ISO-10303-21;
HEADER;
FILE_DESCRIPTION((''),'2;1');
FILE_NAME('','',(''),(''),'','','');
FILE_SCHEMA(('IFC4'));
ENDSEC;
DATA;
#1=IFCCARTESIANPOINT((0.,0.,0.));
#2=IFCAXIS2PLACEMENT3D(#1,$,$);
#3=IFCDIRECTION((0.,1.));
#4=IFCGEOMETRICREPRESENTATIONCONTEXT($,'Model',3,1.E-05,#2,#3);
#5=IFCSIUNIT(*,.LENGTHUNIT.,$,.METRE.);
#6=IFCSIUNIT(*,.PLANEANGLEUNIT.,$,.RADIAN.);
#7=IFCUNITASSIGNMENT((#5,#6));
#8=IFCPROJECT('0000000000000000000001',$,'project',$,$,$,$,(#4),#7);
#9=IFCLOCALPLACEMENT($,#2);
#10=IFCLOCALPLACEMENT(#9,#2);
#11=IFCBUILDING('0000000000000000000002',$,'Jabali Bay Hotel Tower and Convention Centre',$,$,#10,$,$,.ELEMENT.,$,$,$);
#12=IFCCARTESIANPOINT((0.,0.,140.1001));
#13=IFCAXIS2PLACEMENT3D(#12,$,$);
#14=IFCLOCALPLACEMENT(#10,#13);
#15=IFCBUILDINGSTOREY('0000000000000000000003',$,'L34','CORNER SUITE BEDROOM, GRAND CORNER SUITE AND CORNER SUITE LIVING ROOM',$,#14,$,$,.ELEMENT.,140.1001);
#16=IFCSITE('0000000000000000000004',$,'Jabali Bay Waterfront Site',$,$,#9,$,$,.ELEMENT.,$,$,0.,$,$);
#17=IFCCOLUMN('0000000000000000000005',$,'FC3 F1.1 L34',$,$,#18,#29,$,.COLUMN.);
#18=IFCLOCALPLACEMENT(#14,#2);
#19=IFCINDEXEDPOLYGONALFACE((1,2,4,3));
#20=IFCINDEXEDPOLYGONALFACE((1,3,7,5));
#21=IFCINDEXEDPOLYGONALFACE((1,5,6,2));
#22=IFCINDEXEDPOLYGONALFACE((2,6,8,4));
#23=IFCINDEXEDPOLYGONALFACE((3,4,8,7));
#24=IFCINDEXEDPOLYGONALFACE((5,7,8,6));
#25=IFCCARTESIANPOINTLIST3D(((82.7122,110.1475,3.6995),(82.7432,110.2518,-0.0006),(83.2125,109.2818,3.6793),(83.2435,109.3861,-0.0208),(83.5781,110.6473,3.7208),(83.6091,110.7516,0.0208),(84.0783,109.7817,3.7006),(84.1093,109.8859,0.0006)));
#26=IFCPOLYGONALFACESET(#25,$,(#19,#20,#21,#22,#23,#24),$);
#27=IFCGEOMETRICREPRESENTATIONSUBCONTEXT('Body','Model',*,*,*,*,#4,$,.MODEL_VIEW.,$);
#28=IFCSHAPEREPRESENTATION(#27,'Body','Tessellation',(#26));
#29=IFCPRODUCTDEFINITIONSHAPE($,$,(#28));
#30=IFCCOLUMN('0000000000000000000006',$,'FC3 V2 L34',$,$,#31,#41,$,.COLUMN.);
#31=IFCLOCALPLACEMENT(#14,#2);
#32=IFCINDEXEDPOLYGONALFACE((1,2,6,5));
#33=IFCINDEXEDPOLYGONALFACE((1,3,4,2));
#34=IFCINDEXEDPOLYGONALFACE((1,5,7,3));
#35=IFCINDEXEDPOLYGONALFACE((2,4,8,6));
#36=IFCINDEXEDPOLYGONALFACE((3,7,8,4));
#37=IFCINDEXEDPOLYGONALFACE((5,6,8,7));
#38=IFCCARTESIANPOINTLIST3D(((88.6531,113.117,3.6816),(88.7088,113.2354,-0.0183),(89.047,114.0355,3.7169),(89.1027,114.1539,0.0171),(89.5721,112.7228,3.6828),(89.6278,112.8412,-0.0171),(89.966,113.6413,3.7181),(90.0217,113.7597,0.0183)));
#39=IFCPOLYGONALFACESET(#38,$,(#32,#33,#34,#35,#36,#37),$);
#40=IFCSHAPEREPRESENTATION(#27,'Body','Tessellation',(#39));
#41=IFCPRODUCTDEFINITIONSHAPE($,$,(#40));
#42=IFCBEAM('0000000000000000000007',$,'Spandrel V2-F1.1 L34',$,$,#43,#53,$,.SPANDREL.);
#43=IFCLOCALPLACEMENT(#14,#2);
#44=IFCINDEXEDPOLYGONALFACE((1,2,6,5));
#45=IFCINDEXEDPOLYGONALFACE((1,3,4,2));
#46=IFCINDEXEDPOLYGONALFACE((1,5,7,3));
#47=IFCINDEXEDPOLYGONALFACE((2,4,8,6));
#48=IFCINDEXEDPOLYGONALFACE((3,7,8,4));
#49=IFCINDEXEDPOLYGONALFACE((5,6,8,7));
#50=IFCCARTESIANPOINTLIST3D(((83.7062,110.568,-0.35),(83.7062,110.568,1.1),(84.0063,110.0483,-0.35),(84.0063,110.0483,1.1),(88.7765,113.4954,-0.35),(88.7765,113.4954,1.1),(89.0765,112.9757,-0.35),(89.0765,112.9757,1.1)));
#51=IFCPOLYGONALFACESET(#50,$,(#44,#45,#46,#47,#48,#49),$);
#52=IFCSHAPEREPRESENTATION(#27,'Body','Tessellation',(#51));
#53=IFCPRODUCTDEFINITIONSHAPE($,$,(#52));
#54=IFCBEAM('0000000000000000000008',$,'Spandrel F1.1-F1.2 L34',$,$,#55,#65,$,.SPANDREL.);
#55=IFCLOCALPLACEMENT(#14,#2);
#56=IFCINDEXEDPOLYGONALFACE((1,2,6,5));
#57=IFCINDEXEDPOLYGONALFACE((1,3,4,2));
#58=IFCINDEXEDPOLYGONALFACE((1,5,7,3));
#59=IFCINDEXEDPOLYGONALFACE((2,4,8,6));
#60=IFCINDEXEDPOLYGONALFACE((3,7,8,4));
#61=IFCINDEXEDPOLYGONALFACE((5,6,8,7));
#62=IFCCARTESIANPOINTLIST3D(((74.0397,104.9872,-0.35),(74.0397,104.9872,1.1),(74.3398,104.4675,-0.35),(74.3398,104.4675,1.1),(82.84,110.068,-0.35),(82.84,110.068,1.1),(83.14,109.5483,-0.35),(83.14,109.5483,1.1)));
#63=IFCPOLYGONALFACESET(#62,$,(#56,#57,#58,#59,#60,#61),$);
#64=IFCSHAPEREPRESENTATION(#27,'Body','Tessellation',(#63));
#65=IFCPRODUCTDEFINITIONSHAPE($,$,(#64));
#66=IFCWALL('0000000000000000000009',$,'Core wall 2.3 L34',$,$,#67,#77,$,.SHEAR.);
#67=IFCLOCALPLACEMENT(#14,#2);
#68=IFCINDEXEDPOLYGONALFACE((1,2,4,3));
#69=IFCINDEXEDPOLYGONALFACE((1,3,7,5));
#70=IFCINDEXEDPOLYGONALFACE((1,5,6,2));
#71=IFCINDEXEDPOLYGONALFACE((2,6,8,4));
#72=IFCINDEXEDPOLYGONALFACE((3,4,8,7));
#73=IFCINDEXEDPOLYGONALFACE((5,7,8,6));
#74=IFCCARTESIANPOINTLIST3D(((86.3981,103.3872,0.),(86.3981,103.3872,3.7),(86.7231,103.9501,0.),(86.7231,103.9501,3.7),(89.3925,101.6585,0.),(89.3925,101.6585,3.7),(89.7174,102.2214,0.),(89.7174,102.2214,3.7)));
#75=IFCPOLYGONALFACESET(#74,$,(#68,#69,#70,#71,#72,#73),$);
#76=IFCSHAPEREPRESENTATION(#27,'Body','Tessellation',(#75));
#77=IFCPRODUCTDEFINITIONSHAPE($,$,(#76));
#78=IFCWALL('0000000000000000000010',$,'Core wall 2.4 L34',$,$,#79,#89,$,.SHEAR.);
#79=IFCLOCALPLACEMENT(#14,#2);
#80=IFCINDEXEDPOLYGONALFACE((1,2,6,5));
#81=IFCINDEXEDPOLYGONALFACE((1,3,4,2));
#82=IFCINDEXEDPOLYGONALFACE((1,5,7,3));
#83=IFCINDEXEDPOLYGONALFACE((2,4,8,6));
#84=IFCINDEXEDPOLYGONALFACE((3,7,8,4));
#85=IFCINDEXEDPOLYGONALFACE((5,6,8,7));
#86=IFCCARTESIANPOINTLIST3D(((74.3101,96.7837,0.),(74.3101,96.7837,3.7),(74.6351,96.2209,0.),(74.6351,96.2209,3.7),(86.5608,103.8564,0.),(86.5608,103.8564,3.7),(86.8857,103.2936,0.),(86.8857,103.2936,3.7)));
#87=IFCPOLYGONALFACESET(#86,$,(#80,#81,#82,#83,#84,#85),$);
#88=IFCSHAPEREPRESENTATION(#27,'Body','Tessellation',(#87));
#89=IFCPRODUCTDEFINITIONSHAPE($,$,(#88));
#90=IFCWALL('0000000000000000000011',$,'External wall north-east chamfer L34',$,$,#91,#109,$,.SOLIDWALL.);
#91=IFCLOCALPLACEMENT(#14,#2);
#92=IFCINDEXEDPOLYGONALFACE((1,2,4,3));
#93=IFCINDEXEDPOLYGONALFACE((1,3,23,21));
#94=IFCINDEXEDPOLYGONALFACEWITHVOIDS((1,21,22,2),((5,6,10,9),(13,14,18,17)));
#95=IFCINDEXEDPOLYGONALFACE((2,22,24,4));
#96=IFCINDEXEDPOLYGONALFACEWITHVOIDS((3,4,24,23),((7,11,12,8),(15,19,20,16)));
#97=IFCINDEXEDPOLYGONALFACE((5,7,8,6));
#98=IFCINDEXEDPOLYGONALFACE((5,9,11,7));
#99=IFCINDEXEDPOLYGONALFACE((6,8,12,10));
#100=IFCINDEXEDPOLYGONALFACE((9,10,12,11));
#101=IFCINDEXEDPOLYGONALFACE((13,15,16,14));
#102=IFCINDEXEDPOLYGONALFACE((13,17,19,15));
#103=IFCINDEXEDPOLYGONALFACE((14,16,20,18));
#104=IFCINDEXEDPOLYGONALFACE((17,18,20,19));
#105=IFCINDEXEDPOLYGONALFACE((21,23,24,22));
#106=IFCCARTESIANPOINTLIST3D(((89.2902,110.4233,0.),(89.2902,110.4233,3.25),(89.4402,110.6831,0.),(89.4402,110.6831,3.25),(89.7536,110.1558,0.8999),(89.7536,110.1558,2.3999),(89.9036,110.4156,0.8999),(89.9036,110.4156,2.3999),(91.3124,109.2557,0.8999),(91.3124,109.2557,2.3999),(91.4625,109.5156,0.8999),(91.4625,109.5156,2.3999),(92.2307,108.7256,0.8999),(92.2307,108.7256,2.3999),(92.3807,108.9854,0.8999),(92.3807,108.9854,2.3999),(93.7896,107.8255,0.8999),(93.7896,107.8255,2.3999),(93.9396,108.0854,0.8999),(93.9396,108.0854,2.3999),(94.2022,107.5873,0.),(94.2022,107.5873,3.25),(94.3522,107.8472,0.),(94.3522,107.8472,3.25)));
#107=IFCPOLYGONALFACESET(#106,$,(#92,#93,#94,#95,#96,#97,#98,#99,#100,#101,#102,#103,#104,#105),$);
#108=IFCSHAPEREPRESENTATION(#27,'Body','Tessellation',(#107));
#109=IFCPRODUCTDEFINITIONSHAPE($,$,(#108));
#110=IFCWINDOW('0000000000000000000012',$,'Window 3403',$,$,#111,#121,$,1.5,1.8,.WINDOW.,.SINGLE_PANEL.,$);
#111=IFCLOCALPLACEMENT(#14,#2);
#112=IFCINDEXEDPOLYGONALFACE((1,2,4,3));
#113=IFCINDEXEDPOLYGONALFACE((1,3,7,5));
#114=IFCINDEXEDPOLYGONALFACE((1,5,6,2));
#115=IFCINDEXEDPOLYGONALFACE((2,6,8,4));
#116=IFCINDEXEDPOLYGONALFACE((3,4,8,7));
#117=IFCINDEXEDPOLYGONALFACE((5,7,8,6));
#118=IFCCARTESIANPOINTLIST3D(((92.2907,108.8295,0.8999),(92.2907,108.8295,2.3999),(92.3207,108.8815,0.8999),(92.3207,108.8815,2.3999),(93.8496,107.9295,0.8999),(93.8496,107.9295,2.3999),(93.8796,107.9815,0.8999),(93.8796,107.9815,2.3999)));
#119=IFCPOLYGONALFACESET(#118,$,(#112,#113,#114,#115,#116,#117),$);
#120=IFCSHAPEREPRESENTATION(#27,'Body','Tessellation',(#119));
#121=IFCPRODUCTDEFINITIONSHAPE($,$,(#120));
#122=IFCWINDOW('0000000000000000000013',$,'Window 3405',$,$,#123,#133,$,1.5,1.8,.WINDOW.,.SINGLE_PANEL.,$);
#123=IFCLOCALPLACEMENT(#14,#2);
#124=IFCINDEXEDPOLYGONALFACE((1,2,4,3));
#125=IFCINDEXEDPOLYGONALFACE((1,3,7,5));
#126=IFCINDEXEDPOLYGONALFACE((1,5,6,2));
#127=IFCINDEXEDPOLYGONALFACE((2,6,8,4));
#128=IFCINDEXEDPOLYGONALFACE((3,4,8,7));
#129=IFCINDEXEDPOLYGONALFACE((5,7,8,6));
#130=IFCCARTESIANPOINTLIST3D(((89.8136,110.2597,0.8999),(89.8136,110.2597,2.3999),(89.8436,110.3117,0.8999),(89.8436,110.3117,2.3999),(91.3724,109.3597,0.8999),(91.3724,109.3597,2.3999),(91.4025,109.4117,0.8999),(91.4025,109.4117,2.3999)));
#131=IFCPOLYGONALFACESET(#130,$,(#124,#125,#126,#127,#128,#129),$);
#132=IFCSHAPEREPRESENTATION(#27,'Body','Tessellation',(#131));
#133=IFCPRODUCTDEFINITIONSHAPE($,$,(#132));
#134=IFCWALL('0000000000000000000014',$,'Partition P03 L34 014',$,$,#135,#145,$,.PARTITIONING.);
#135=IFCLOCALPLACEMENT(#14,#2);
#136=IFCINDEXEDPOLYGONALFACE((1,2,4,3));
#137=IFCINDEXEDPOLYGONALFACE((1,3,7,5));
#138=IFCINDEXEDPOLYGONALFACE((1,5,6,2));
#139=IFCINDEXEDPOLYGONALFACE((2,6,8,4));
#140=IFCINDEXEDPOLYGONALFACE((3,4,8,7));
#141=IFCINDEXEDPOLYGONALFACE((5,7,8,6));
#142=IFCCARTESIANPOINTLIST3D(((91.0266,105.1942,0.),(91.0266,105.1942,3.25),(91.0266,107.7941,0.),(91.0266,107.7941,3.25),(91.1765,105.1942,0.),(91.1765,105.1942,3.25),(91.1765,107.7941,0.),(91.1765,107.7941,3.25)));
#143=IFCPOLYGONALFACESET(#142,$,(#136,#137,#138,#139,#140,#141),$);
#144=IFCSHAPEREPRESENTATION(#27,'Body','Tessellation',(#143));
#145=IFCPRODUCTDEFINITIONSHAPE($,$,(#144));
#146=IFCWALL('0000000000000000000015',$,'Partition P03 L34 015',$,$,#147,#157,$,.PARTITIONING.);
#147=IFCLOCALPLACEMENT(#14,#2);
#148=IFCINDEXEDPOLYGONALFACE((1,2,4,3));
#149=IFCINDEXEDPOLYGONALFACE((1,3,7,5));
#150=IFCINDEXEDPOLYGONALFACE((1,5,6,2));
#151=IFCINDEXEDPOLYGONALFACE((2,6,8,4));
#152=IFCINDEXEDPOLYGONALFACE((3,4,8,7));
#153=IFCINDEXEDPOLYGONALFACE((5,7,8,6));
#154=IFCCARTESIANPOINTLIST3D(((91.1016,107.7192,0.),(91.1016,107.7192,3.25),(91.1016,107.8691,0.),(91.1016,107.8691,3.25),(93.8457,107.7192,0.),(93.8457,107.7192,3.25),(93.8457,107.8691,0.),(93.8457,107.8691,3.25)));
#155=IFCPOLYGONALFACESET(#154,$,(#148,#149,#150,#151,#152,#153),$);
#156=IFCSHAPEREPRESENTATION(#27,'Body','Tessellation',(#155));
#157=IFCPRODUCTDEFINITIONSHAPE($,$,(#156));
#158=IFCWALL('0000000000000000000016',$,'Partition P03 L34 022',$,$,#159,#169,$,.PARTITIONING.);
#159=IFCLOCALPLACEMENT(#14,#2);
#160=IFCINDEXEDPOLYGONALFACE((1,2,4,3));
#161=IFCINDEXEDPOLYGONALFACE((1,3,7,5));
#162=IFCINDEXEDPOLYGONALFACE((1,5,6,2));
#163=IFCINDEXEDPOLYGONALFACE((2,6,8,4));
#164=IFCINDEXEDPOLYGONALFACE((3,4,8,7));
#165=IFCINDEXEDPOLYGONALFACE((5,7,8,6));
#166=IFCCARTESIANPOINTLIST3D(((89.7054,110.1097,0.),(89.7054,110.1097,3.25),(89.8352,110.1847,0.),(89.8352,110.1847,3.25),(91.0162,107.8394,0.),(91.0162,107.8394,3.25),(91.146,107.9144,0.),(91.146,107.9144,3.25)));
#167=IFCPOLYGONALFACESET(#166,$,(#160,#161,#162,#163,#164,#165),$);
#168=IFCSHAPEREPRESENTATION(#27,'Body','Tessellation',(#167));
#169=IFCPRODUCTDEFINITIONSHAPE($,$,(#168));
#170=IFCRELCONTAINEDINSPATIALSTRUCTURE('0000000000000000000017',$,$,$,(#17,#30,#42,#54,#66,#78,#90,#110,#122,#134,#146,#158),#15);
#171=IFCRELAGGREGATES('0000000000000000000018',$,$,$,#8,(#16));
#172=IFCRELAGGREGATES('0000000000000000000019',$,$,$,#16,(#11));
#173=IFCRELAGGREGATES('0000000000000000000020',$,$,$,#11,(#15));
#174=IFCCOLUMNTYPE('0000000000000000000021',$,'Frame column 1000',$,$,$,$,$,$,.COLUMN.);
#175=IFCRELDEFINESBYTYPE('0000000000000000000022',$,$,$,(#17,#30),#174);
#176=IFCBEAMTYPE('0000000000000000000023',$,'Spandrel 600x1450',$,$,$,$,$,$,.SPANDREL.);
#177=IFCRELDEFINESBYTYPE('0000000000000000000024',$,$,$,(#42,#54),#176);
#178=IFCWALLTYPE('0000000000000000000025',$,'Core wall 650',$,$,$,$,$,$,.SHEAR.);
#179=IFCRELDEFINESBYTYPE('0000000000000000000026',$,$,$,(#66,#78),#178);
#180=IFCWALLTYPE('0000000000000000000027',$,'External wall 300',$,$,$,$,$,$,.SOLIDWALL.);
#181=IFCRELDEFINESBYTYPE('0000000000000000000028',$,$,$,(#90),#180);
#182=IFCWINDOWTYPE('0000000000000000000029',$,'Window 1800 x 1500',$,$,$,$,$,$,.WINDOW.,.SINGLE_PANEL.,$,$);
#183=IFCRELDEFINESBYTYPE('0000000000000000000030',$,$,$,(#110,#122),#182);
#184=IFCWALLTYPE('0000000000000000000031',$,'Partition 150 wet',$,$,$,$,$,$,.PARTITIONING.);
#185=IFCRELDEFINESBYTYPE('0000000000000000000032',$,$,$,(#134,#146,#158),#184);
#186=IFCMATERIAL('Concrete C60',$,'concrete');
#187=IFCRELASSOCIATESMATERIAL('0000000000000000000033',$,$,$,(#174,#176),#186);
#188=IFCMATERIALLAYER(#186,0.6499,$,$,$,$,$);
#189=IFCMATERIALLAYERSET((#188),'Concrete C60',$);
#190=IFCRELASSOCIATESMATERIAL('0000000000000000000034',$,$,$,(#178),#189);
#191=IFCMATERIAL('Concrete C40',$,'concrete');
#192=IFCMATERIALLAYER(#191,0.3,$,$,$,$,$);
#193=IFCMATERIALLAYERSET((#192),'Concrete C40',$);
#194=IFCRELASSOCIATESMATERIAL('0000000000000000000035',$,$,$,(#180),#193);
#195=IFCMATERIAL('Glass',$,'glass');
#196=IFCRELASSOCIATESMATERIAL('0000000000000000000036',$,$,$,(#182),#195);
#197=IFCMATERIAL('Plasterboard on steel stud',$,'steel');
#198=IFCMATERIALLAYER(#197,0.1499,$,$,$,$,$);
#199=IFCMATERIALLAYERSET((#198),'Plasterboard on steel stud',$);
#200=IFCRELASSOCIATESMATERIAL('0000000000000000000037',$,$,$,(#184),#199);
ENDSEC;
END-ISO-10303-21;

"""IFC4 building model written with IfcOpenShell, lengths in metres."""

from ifc_helpers import new_model, si_unit, direction, frame, frame_2d, origin, origin_2d, place, context, subcontext, project, spatial, rectangle, extrude, material, layer, layer_set, material_profile, profile_set, type_object, element, fill, save


model = new_model("IFC4")

# Units and contexts
model_context = context("Model", 3, precision=1e-05, world=origin(), true_north=direction((0.0, 1.0)))
body_context = subcontext(model_context, "Body", "Model", "MODEL_VIEW")
ifc_project = project(units=[si_unit("LENGTHUNIT", "METRE"), si_unit("PLANEANGLEUNIT", "RADIAN")], contexts=[model_context])

# Site, building, storey
site_placement = place(None, origin())
site = spatial("IfcSite", under=ifc_project, at=site_placement, Name="Jabali Bay Waterfront Site", CompositionType="ELEMENT", RefElevation=0.0)
building_placement = place(site_placement, origin())
building = spatial("IfcBuilding", under=site, at=building_placement, Name="Jabali Bay Hotel Tower and Convention Centre", CompositionType="ELEMENT")
storey_placement = place(building_placement, frame((0.0, 0.0, 140.1001)))
storey = spatial("IfcBuildingStorey", under=building, at=storey_placement, Name="L34", Description="CORNER SUITE BEDROOM, GRAND CORNER SUITE AND CORNER SUITE LIVING ROOM", CompositionType="ELEMENT", Elevation=140.1001)

# Columns
ifc_material_1 = material(Name="Concrete C60", Category="concrete")
ifc_material_profile_1 = material_profile(ifc_material_1, rectangle(XDim=1.0, YDim=1.0, at=origin_2d()), Name="Frame column 1000")
ifc_profile_set_1 = profile_set([ifc_material_profile_1], Name="Concrete C60")
column_type = type_object("IfcColumnType", Name="Frame column 1000", PredefinedType="COLUMN", material=ifc_profile_set_1)
column_1_placement = place(storey_placement, frame((83.4263, 110.0688, 0.0), z_axis=(-0.008376, -0.028163, 0.999568), x_axis=(0.865851, 0.499847, 0.021339)))
element("IfcColumn", 1, at=column_1_placement, inside=storey, type_object=column_type, Name="FC3 F1.1 L34", PredefinedType="COLUMN", context=body_context, shape_type="SweptSolid", body=[
    extrude(rectangle(XDim=1.0, YDim=1.0, at=origin_2d()), origin(), (0.0, 0.0, 1.0), 3.7017),
])
column_2_placement = place(storey_placement, frame((89.3652, 113.4976, 0.0), z_axis=(-0.015035, -0.031983, 0.999375), x_axis=(0.919016, -0.394218, 0.00121)))
element("IfcColumn", 2, at=column_2_placement, inside=storey, type_object=column_type, Name="FC3 V2 L34", PredefinedType="COLUMN", context=body_context, shape_type="SweptSolid", body=[
    extrude(rectangle(XDim=1.0, YDim=1.0, at=origin_2d()), origin(), (0.0, 0.0, 1.0), 3.7021),
])

# Beams
ifc_material_profile_2 = material_profile(ifc_material_1, rectangle(XDim=0.6001, YDim=1.45, at=origin_2d()), Name="Spandrel 600x1450")
ifc_profile_set_2 = profile_set([ifc_material_profile_2], Name="Concrete C60")
beam_type = type_object("IfcBeamType", Name="Spandrel 600x1450", PredefinedType="SPANDREL", material=ifc_profile_set_2)
beam_1_placement = place(storey_placement, frame((88.9265, 113.2356, 0.375), z_axis=(-0.866015, -0.500018, 0.0), x_axis=(0.500018, -0.866015, 0.0)))
element("IfcBeam", 3, at=beam_1_placement, inside=storey, type_object=beam_type, Name="Spandrel V2-F1.1 L34", PredefinedType="SPANDREL", context=body_context, shape_type="SweptSolid", body=[
    extrude(rectangle(XDim=0.6001, YDim=1.45, at=origin_2d()), origin(), (0.0, 0.0, 1.0), 5.8547),
])
beam_2_placement = place(storey_placement, frame((82.99, 109.8081, 0.375), z_axis=(-0.866027, -0.499997, 0.0), x_axis=(0.499997, -0.866027, 0.0)))
element("IfcBeam", 4, at=beam_2_placement, inside=storey, type_object=beam_type, Name="Spandrel F1.1-F1.2 L34", PredefinedType="SPANDREL", context=body_context, shape_type="SweptSolid", body=[
    extrude(rectangle(XDim=0.6001, YDim=1.45, at=origin_2d()), origin(), (0.0, 0.0, 1.0), 10.1616),
])

# Walls
ifc_layer_1 = layer(ifc_material_1, 0.6499)
ifc_layer_set_1 = layer_set([ifc_layer_1], Name="Concrete C60")
wall_type_1 = type_object("IfcWallType", Name="Core wall 650", PredefinedType="SHEAR", material=ifc_layer_set_1)
wall_1_placement = place(storey_placement, frame((89.5549, 101.9399, 0.0), z_axis=(0.0, 0.0, 1.0), x_axis=(-0.866032, 0.499989, 0.0)))
element("IfcWall", 5, at=wall_1_placement, inside=storey, type_object=wall_type_1, Name="Core wall 2.3 L34", PredefinedType="SHEAR", context=body_context, shape_type="SweptSolid", body=[
    extrude(rectangle(XDim=3.4575, YDim=0.6499, at=frame_2d((1.7288, 0.0))), origin(), (0.0, 0.0, 1.0), 3.7),
])
wall_2_placement = place(storey_placement, frame((86.7231, 103.575, 0.0), z_axis=(0.0, 0.0, 1.0), x_axis=(-0.866032, -0.499989, 0.0)))
element("IfcWall", 6, at=wall_2_placement, inside=storey, type_object=wall_type_1, Name="Core wall 2.4 L34", PredefinedType="SHEAR", context=body_context, shape_type="SweptSolid", body=[
    extrude(rectangle(XDim=14.1458, YDim=0.6499, at=frame_2d((7.0728, 0.0))), origin(), (0.0, 0.0, 1.0), 3.7),
])

# Wall, openings, windows
ifc_material_2 = material(Name="Concrete C40", Category="concrete")
ifc_layer_2 = layer(ifc_material_2, 0.3)
ifc_layer_set_2 = layer_set([ifc_layer_2], Name="Concrete C40")
wall_type_2 = type_object("IfcWallType", Name="External wall 300", PredefinedType="SOLIDWALL", material=ifc_layer_set_2)
wall_3_placement = place(storey_placement, frame((89.3652, 110.5532, 0.0), z_axis=(0.0, 0.0, 1.0), x_axis=(0.86602, -0.500009, 0.0)))
wall_3 = element("IfcWall", 7, at=wall_3_placement, inside=storey, type_object=wall_type_2, Name="External wall north-east chamfer L34", PredefinedType="SOLIDWALL", context=body_context, shape_type="SweptSolid", body=[
    extrude(rectangle(XDim=5.6719, YDim=0.3, at=frame_2d((2.8359, 0.0))), origin(), (0.0, 0.0, 1.0), 3.25),
])
opening_1_placement = place(wall_3_placement, frame((3.3955, 0.0, 0.8999)))
opening_1 = element("IfcOpeningElement", 8, at=opening_1_placement, cuts=wall_3, PredefinedType="OPENING", context=body_context, shape_type="SweptSolid", body=[
    extrude(rectangle(XDim=1.8, YDim=1.5, at=frame_2d((0.8999, 0.75))), frame((0.0, 0.1606, 0.0), z_axis=(0.0, -1.0, 0.0), x_axis=(1.0, 0.0, 0.0)), (0.0, 0.0, 1.0), 0.321),
])
opening_2_placement = place(wall_3_placement, frame((0.5352, 0.0, 0.8999)))
opening_2 = element("IfcOpeningElement", 9, at=opening_2_placement, cuts=wall_3, PredefinedType="OPENING", context=body_context, shape_type="SweptSolid", body=[
    extrude(rectangle(XDim=1.8, YDim=1.5, at=frame_2d((0.8999, 0.75))), frame((0.0, 0.1606, 0.0), z_axis=(0.0, -1.0, 0.0), x_axis=(1.0, 0.0, 0.0)), (0.0, 0.0, 1.0), 0.321),
])
ifc_material_3 = material(Name="Glass", Category="glass")
window_type = type_object("IfcWindowType", Name="Window 1800 x 1500", PartitioningType="SINGLE_PANEL", PredefinedType="WINDOW", material=ifc_material_3)
window_1_placement = place(opening_1_placement, origin())
window_1 = element("IfcWindow", 10, at=window_1_placement, inside=storey, type_object=window_type, Name="Window 3403", OverallHeight=1.5, OverallWidth=1.8, PartitioningType="SINGLE_PANEL", PredefinedType="WINDOW", context=body_context, shape_type="SweptSolid", body=[
    extrude(rectangle(XDim=1.8, YDim=1.5, at=frame_2d((0.8999, 0.75))), frame((0.0, 0.03, 0.0), z_axis=(0.0, -1.0, 0.0), x_axis=(1.0, 0.0, 0.0)), (0.0, 0.0, 1.0), 0.0601),
])
fill(opening_1, window_1)
window_2_placement = place(opening_2_placement, origin())
window_2 = element("IfcWindow", 11, at=window_2_placement, inside=storey, type_object=window_type, Name="Window 3405", OverallHeight=1.5, OverallWidth=1.8, PartitioningType="SINGLE_PANEL", PredefinedType="WINDOW", context=body_context, shape_type="SweptSolid", body=[
    extrude(rectangle(XDim=1.8, YDim=1.5, at=frame_2d((0.8999, 0.75))), frame((0.0, 0.03, 0.0), z_axis=(0.0, -1.0, 0.0), x_axis=(1.0, 0.0, 0.0)), (0.0, 0.0, 1.0), 0.0601),
])
fill(opening_2, window_2)

# Walls
ifc_material_4 = material(Name="Plasterboard on steel stud", Category="steel")
ifc_layer_3 = layer(ifc_material_4, 0.1499)
ifc_layer_set_3 = layer_set([ifc_layer_3], Name="Plasterboard on steel stud")
wall_type_3 = type_object("IfcWallType", Name="Partition 150 wet", PredefinedType="PARTITIONING", material=ifc_layer_set_3)
wall_4_placement = place(storey_placement, frame((91.1016, 105.1943, 0.0), z_axis=(0.0, 0.0, 1.0), x_axis=(0.0, 1.0, 0.0)))
element("IfcWall", 12, at=wall_4_placement, inside=storey, type_object=wall_type_3, Name="Partition P03 L34 014", PredefinedType="PARTITIONING", context=body_context, shape_type="SweptSolid", body=[
    extrude(rectangle(XDim=2.5999, YDim=0.1499, at=frame_2d((1.2998, 0.0))), origin(), (0.0, 0.0, 1.0), 3.25),
])
wall_5_placement = place(storey_placement, frame((91.1016, 107.7942, 0.0), z_axis=(0.0, 0.0, 1.0), x_axis=(1.0, 0.0, 0.0)))
element("IfcWall", 13, at=wall_5_placement, inside=storey, type_object=wall_type_3, Name="Partition P03 L34 015", PredefinedType="PARTITIONING", context=body_context, shape_type="SweptSolid", body=[
    extrude(rectangle(XDim=2.7441, YDim=0.1499, at=frame_2d((1.3721, 0.0))), origin(), (0.0, 0.0, 1.0), 3.25),
])
wall_6_placement = place(storey_placement, frame((89.7703, 110.1472, 0.0), z_axis=(0.0, 0.0, 1.0), x_axis=(0.500015, -0.866017, 0.0)))
element("IfcWall", 14, at=wall_6_placement, inside=storey, type_object=wall_type_3, Name="Partition P03 L34 022", PredefinedType="PARTITIONING", context=body_context, shape_type="SweptSolid", body=[
    extrude(rectangle(XDim=2.6216, YDim=0.1499, at=frame_2d((1.3108, 0.0))), origin(), (0.0, 0.0, 1.0), 3.25),
])

save(model, "model.ifc")
